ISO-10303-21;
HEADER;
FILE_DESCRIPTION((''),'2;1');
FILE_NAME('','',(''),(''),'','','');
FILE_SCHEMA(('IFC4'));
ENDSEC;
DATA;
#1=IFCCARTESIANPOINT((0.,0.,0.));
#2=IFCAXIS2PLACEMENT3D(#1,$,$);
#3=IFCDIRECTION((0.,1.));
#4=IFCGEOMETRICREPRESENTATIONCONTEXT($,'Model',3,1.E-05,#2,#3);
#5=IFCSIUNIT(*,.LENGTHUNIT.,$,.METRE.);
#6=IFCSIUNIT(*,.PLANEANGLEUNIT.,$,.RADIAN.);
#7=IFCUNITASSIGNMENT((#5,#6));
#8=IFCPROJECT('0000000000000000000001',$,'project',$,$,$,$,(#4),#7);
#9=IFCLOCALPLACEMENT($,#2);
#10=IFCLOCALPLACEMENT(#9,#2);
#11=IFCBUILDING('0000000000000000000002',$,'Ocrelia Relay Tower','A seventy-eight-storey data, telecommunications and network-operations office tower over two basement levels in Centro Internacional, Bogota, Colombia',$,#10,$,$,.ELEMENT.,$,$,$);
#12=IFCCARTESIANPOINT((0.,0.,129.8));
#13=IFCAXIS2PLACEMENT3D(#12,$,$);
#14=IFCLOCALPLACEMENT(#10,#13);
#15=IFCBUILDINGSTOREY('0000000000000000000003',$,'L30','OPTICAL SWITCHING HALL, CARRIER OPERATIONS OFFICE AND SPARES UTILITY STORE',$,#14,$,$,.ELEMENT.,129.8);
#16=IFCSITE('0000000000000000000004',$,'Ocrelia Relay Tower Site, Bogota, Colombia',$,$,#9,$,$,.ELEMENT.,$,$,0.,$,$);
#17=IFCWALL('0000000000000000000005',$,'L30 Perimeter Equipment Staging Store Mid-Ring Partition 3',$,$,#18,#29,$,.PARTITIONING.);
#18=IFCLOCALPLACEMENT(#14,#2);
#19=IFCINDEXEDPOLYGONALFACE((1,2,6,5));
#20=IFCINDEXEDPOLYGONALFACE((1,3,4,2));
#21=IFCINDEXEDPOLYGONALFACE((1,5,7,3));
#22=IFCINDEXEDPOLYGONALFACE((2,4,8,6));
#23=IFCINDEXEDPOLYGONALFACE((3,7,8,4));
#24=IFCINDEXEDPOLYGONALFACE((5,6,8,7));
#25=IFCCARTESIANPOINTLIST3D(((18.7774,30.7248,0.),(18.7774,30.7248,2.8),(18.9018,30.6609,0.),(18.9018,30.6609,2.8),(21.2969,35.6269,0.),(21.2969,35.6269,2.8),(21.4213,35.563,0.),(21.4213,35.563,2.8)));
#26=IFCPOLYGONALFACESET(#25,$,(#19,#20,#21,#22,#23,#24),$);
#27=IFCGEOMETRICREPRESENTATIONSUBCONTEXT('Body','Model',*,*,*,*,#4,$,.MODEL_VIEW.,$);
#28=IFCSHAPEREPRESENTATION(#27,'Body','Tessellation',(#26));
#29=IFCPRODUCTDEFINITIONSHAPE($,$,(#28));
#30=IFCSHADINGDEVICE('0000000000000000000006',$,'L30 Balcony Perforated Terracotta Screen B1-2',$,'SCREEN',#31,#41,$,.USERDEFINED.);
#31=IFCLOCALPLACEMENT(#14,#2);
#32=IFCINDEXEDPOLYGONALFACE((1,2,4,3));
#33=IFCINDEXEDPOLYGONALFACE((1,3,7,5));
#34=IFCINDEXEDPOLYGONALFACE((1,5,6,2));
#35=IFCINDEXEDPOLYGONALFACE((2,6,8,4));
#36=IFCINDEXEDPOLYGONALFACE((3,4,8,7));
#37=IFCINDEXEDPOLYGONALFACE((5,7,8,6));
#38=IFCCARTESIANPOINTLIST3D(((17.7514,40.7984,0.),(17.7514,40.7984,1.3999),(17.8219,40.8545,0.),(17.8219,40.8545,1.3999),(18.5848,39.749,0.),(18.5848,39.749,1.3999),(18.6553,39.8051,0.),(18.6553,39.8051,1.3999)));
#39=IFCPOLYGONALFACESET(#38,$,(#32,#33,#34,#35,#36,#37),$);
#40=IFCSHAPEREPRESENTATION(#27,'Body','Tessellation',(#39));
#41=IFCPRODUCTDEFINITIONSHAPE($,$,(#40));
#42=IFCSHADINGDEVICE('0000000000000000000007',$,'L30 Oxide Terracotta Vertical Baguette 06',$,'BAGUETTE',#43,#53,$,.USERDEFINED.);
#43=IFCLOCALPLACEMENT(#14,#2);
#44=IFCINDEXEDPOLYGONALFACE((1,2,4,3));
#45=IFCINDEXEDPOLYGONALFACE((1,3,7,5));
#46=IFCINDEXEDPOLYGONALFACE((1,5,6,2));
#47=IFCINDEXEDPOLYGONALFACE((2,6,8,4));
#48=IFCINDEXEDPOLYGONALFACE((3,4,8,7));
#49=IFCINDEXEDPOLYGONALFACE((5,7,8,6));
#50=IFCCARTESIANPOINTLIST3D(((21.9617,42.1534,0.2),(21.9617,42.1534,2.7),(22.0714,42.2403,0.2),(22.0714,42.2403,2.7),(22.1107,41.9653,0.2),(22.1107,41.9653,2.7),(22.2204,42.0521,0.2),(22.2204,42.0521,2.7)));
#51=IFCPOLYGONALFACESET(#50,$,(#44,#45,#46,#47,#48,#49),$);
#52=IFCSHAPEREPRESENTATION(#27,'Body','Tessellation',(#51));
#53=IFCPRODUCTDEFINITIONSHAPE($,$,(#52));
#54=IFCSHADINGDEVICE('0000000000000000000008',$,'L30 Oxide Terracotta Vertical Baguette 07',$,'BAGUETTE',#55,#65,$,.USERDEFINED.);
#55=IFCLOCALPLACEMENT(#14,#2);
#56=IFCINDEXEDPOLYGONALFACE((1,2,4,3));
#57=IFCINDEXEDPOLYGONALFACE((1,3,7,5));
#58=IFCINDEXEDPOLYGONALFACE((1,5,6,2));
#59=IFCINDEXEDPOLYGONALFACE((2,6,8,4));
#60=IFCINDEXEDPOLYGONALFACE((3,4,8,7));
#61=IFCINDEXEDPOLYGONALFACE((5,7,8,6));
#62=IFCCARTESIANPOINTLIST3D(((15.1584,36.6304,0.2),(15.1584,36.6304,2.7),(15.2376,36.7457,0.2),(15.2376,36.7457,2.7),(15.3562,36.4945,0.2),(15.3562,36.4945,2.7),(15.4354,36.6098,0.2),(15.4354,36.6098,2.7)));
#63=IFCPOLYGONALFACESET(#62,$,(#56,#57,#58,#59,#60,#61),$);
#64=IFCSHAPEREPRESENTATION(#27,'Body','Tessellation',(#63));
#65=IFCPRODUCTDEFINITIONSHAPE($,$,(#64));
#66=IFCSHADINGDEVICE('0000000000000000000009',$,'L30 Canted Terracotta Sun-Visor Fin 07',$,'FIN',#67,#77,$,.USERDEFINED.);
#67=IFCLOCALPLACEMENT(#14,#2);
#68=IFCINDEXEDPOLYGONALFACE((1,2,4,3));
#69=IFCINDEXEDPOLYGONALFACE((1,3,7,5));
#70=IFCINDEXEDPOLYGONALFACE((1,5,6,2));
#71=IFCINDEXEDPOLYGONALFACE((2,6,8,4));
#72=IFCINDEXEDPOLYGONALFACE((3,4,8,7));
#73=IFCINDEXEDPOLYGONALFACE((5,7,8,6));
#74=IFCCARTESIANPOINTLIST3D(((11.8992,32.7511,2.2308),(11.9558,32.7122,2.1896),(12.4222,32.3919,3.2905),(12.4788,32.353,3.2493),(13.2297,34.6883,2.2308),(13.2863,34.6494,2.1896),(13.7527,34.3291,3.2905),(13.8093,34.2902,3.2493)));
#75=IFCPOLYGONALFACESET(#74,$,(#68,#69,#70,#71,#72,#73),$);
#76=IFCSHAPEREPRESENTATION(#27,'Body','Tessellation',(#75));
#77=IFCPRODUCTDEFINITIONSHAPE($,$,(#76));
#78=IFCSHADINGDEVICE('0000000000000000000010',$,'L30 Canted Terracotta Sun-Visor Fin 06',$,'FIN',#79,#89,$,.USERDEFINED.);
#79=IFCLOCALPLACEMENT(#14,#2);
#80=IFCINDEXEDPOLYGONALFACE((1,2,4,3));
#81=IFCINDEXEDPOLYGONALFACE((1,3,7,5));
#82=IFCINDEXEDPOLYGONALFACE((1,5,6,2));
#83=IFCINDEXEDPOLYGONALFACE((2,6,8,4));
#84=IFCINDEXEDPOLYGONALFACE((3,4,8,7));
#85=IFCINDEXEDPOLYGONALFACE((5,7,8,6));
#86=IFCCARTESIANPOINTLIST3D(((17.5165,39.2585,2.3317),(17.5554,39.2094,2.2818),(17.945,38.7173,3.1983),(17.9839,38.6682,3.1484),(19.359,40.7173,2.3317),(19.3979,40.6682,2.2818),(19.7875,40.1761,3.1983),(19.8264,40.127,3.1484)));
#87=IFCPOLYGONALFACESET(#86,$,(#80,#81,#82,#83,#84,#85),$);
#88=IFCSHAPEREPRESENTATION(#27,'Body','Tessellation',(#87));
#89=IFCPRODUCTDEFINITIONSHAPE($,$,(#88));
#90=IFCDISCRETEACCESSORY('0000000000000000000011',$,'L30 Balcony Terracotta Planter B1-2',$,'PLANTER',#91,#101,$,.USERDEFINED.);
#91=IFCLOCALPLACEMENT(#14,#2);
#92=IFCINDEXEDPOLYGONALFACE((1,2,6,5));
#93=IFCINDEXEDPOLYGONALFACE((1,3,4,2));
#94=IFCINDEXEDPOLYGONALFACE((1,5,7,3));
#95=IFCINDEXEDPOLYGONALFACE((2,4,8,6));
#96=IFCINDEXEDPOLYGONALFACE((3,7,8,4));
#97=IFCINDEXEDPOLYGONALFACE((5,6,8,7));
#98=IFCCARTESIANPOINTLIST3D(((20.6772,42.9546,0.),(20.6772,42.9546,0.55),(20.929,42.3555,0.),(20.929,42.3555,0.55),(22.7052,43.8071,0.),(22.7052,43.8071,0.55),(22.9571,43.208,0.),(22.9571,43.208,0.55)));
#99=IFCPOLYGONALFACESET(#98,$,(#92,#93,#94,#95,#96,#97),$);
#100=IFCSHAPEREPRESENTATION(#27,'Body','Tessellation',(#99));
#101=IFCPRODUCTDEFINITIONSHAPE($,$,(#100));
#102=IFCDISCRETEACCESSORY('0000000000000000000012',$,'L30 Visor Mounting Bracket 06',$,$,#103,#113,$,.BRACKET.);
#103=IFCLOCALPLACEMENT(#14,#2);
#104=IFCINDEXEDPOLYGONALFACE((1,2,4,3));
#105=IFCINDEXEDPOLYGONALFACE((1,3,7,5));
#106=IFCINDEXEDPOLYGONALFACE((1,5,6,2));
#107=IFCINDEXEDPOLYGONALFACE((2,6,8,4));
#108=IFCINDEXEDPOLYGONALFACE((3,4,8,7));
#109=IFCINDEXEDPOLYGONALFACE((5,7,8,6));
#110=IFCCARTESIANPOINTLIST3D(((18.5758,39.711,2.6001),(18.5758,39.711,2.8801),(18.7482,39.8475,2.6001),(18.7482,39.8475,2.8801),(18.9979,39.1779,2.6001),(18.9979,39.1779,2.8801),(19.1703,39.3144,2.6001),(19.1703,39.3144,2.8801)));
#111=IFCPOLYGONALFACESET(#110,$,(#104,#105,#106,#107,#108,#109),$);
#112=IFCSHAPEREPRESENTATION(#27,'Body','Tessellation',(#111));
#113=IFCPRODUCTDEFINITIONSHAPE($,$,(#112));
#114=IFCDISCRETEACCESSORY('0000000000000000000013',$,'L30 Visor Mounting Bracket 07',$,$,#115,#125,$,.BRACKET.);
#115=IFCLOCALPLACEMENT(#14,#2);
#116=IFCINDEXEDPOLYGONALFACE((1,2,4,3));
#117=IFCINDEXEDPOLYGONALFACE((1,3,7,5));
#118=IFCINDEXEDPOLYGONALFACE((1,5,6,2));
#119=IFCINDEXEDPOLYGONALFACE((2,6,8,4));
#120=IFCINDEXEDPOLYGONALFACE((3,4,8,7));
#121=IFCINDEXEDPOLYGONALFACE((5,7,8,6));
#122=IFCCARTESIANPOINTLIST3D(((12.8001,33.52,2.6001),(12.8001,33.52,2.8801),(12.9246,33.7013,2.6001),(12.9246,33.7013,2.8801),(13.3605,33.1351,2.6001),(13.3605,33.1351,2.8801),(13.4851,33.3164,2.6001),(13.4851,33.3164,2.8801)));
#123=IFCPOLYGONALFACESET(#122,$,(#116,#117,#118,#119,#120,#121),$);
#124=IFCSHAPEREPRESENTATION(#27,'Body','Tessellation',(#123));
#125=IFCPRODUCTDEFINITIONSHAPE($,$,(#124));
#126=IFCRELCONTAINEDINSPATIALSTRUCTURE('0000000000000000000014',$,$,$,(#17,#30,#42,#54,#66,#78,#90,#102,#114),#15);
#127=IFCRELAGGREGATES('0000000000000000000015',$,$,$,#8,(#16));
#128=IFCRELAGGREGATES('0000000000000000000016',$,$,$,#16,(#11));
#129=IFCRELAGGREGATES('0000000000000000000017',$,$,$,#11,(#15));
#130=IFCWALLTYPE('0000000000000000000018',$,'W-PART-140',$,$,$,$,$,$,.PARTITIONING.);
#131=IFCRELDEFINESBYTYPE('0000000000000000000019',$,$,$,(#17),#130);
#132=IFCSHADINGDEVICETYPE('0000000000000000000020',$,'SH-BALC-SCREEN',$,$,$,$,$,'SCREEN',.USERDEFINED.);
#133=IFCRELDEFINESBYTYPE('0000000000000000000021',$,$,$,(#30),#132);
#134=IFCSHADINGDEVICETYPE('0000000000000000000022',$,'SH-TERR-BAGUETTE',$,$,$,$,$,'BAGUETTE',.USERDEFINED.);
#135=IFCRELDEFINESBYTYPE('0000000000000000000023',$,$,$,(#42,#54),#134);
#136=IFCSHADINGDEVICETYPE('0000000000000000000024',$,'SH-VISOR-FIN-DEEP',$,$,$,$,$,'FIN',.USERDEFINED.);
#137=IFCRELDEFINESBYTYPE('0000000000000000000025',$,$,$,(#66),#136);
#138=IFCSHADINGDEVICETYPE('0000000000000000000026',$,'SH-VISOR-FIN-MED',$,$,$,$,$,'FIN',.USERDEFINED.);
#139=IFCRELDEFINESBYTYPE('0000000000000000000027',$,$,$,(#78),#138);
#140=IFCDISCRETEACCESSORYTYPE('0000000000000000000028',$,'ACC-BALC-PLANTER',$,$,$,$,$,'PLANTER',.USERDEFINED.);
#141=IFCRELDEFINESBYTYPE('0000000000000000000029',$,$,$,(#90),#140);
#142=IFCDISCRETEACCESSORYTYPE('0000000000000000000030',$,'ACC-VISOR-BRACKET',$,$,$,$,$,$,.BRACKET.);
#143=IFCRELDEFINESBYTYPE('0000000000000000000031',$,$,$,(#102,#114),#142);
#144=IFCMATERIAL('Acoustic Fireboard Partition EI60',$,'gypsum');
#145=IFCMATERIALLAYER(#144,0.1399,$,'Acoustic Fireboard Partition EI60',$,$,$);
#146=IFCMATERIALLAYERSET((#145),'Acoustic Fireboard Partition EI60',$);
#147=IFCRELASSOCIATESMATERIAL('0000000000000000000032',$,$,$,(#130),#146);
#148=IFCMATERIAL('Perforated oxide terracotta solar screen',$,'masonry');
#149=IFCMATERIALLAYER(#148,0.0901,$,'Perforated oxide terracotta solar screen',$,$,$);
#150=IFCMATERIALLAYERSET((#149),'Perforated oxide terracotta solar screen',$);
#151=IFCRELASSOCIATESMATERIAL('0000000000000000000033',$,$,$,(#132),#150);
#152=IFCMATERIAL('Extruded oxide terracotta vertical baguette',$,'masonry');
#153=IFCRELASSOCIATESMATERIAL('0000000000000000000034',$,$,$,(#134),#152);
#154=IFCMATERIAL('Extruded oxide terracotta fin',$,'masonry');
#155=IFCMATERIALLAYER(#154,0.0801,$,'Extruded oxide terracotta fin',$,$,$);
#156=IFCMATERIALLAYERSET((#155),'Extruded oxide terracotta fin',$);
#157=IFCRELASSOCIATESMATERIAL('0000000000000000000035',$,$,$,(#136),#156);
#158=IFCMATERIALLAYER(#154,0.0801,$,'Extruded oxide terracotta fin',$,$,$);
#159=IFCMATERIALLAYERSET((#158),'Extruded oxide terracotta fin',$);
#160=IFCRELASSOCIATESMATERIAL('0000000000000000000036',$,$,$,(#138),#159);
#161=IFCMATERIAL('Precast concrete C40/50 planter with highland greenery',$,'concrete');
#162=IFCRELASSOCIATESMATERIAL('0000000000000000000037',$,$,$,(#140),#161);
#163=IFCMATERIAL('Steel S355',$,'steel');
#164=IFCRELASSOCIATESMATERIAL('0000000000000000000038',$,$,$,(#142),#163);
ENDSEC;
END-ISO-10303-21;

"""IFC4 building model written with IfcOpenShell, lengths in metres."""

from ifc_helpers import new_model, si_unit, direction, frame, frame_2d, origin, origin_2d, place, context, subcontext, project, spatial, rectangle, extrude, material, layer, layer_set, type_object, element, save


model = new_model("IFC4")

# Units and contexts
model_context = context("Model", 3, precision=1e-05, world=origin(), true_north=direction((0.0, 1.0)))
body_context = subcontext(model_context, "Body", "Model", "MODEL_VIEW")
ifc_project = project(units=[si_unit("LENGTHUNIT", "METRE"), si_unit("PLANEANGLEUNIT", "RADIAN")], contexts=[model_context])

# Site, building, storey
site_placement = place(None, origin())
site = spatial("IfcSite", under=ifc_project, at=site_placement, Name="Ocrelia Relay Tower Site, Bogota, Colombia", CompositionType="ELEMENT", RefElevation=0.0)
building_placement = place(site_placement, origin())
building = spatial("IfcBuilding", under=site, at=building_placement, Name="Ocrelia Relay Tower", Description="A seventy-eight-storey data, telecommunications and network-operations office tower over two basement levels in Centro Internacional, Bogota, Colombia", CompositionType="ELEMENT")
storey_placement = place(building_placement, frame((0.0, 0.0, 129.8)))
storey = spatial("IfcBuildingStorey", under=building, at=storey_placement, Name="L30", Description="OPTICAL SWITCHING HALL, CARRIER OPERATIONS OFFICE AND SPARES UTILITY STORE", CompositionType="ELEMENT", Elevation=129.8)

# Shared definitions
ifc_material_1 = material(Name="Steel S355", Category="steel")

# Wall
ifc_material_2 = material(Name="Acoustic Fireboard Partition EI60", Category="gypsum")
ifc_layer_1 = layer(ifc_material_2, 0.1399, Name="Acoustic Fireboard Partition EI60")
ifc_layer_set_1 = layer_set([ifc_layer_1], Name="Acoustic Fireboard Partition EI60")
wall_type_1 = type_object("IfcWallType", Name="W-PART-140", PredefinedType="PARTITIONING", material=ifc_layer_set_1)
wall_1_placement = place(storey_placement, frame((21.3591, 35.595, 0.0), z_axis=(0.0, 0.0, 1.0), x_axis=(-0.457126, -0.889402, 0.0)))
element("IfcWall", 1, at=wall_1_placement, inside=storey, type_object=wall_type_1, Name="L30 Perimeter Equipment Staging Store Mid-Ring Partition 3", PredefinedType="PARTITIONING", context=body_context, shape_type="SweptSolid", body=[
    extrude(rectangle(XDim=5.5117, YDim=0.1399, at=frame_2d((2.7559, 0.0))), origin(), (0.0, 0.0, 1.0), 2.8),
])

# Shading devices
ifc_material_3 = material(Name="Perforated oxide terracotta solar screen", Category="masonry")
ifc_layer_2 = layer(ifc_material_3, 0.0901, Name="Perforated oxide terracotta solar screen")
ifc_layer_set_2 = layer_set([ifc_layer_2], Name="Perforated oxide terracotta solar screen")
shading_device_type_1 = type_object("IfcShadingDeviceType", Name="SH-BALC-SCREEN", ElementType="SCREEN", PredefinedType="USERDEFINED", material=ifc_layer_set_2)
shading_device_1_placement = place(storey_placement, frame((18.2034, 40.3018, 0.0), z_axis=(0.0, 0.0, 1.0), x_axis=(-0.621908, 0.78309, 0.0)))
element("IfcShadingDevice", 2, at=shading_device_1_placement, inside=storey, type_object=shading_device_type_1, Name="L30 Balcony Perforated Terracotta Screen B1-2", ObjectType="SCREEN", PredefinedType="USERDEFINED", context=body_context, shape_type="SweptSolid", body=[
    extrude(rectangle(XDim=1.3401, YDim=0.0901, at=origin_2d()), origin(), (0.0, 0.0, 1.0), 1.3999),
])
ifc_material_4 = material(Name="Extruded oxide terracotta vertical baguette", Category="masonry")
shading_device_type_2 = type_object("IfcShadingDeviceType", Name="SH-TERR-BAGUETTE", ElementType="BAGUETTE", PredefinedType="USERDEFINED", material=ifc_material_4)
for number, where, z_axis, x_axis, name in (
    (3, (22.0911, 42.1028, 0.2), (0.0, 0.0, 1.0), (-0.784002, -0.620758, 0.0), "L30 Oxide Terracotta Vertical Baguette 06"),
    (4, (15.2969, 36.6201, 0.2), (0.0, 0.0, 1.0), (-0.566147, -0.824304, 0.0), "L30 Oxide Terracotta Vertical Baguette 07"),
):
    element("IfcShadingDevice", number, at=place(storey_placement, frame(where, z_axis=z_axis, x_axis=x_axis)), inside=storey, type_object=shading_device_type_2, Name=name, ObjectType="BAGUETTE", PredefinedType="USERDEFINED", context=body_context, shape_type="SweptSolid", body=[
        extrude(rectangle(XDim=0.1399, YDim=0.24, at=origin_2d()), origin(), (0.0, 0.0, 1.0), 2.5),
    ])
ifc_material_5 = material(Name="Extruded oxide terracotta fin", Category="masonry")
ifc_layer_3 = layer(ifc_material_5, 0.0801, Name="Extruded oxide terracotta fin")
ifc_layer_set_3 = layer_set([ifc_layer_3], Name="Extruded oxide terracotta fin")
shading_device_type_3 = type_object("IfcShadingDeviceType", Name="SH-VISOR-FIN-DEEP", ElementType="FIN", PredefinedType="USERDEFINED", material=ifc_layer_set_3)
shading_device_2_placement = place(storey_placement, frame((12.8826, 33.5012, 2.7195), z_axis=(-0.707233, 0.48574, 0.513691), x_axis=(-0.566147, -0.824304, 0.0)))
element("IfcShadingDevice", 5, at=shading_device_2_placement, inside=storey, type_object=shading_device_type_3, Name="L30 Canted Terracotta Sun-Visor Fin 07", ObjectType="FIN", PredefinedType="USERDEFINED", context=body_context, shape_type="SweptSolid", body=[
    extrude(rectangle(XDim=2.3501, YDim=1.2351, at=origin_2d()), origin(), (0.0, 0.0, 1.0), 0.0801),
])
ifc_layer_4 = layer(ifc_material_5, 0.0801, Name="Extruded oxide terracotta fin")
ifc_layer_set_4 = layer_set([ifc_layer_4], Name="Extruded oxide terracotta fin")
shading_device_type_4 = type_object("IfcShadingDeviceType", Name="SH-VISOR-FIN-MED", ElementType="FIN", PredefinedType="USERDEFINED", material=ifc_layer_set_4)
shading_device_3_placement = place(storey_placement, frame((18.6909, 39.6682, 2.7151), z_axis=(-0.485541, 0.613225, 0.623061), x_axis=(-0.784002, -0.620758, 0.0)))
element("IfcShadingDevice", 6, at=shading_device_3_placement, inside=storey, type_object=shading_device_type_4, Name="L30 Canted Terracotta Sun-Visor Fin 06", ObjectType="FIN", PredefinedType="USERDEFINED", context=body_context, shape_type="SweptSolid", body=[
    extrude(rectangle(XDim=2.3501, YDim=1.1079, at=origin_2d()), origin(), (0.0, 0.0, 1.0), 0.0801),
])

# Discrete accessories
ifc_material_6 = material(Name="Precast concrete C40/50 planter with highland greenery", Category="concrete")
discrete_accessory_type_1 = type_object("IfcDiscreteAccessoryType", Name="ACC-BALC-PLANTER", ElementType="PLANTER", PredefinedType="USERDEFINED", material=ifc_material_6)
discrete_accessory_placement = place(storey_placement, frame((21.8171, 43.0813, 0.0), z_axis=(0.0, 0.0, 1.0), x_axis=(0.921864, 0.387514, 0.0)))
element("IfcDiscreteAccessory", 7, at=discrete_accessory_placement, inside=storey, type_object=discrete_accessory_type_1, Name="L30 Balcony Terracotta Planter B1-2", ObjectType="PLANTER", PredefinedType="USERDEFINED", context=body_context, shape_type="SweptSolid", body=[
    extrude(rectangle(XDim=2.2, YDim=0.6499, at=origin_2d()), origin(), (0.0, 0.0, 1.0), 0.55),
])
discrete_accessory_type_2 = type_object("IfcDiscreteAccessoryType", Name="ACC-VISOR-BRACKET", PredefinedType="BRACKET", material=ifc_material_1)
for number, where, z_axis, x_axis, name in (
    (8, (18.873, 39.5127, 2.6001), (0.0, 0.0, 1.0), (-0.784002, -0.620758, 0.0), "L30 Visor Mounting Bracket 06"),
    (9, (13.1426, 33.4182, 2.6001), (0.0, 0.0, 1.0), (-0.566147, -0.824304, 0.0), "L30 Visor Mounting Bracket 07"),
):
    element("IfcDiscreteAccessory", number, at=place(storey_placement, frame(where, z_axis=z_axis, x_axis=x_axis)), inside=storey, type_object=discrete_accessory_type_2, Name=name, PredefinedType="BRACKET", context=body_context, shape_type="SweptSolid", body=[
        extrude(rectangle(XDim=0.22, YDim=0.6799, at=origin_2d()), origin(), (0.0, 0.0, 1.0), 0.28),
    ])

save(model, "model.ifc")
